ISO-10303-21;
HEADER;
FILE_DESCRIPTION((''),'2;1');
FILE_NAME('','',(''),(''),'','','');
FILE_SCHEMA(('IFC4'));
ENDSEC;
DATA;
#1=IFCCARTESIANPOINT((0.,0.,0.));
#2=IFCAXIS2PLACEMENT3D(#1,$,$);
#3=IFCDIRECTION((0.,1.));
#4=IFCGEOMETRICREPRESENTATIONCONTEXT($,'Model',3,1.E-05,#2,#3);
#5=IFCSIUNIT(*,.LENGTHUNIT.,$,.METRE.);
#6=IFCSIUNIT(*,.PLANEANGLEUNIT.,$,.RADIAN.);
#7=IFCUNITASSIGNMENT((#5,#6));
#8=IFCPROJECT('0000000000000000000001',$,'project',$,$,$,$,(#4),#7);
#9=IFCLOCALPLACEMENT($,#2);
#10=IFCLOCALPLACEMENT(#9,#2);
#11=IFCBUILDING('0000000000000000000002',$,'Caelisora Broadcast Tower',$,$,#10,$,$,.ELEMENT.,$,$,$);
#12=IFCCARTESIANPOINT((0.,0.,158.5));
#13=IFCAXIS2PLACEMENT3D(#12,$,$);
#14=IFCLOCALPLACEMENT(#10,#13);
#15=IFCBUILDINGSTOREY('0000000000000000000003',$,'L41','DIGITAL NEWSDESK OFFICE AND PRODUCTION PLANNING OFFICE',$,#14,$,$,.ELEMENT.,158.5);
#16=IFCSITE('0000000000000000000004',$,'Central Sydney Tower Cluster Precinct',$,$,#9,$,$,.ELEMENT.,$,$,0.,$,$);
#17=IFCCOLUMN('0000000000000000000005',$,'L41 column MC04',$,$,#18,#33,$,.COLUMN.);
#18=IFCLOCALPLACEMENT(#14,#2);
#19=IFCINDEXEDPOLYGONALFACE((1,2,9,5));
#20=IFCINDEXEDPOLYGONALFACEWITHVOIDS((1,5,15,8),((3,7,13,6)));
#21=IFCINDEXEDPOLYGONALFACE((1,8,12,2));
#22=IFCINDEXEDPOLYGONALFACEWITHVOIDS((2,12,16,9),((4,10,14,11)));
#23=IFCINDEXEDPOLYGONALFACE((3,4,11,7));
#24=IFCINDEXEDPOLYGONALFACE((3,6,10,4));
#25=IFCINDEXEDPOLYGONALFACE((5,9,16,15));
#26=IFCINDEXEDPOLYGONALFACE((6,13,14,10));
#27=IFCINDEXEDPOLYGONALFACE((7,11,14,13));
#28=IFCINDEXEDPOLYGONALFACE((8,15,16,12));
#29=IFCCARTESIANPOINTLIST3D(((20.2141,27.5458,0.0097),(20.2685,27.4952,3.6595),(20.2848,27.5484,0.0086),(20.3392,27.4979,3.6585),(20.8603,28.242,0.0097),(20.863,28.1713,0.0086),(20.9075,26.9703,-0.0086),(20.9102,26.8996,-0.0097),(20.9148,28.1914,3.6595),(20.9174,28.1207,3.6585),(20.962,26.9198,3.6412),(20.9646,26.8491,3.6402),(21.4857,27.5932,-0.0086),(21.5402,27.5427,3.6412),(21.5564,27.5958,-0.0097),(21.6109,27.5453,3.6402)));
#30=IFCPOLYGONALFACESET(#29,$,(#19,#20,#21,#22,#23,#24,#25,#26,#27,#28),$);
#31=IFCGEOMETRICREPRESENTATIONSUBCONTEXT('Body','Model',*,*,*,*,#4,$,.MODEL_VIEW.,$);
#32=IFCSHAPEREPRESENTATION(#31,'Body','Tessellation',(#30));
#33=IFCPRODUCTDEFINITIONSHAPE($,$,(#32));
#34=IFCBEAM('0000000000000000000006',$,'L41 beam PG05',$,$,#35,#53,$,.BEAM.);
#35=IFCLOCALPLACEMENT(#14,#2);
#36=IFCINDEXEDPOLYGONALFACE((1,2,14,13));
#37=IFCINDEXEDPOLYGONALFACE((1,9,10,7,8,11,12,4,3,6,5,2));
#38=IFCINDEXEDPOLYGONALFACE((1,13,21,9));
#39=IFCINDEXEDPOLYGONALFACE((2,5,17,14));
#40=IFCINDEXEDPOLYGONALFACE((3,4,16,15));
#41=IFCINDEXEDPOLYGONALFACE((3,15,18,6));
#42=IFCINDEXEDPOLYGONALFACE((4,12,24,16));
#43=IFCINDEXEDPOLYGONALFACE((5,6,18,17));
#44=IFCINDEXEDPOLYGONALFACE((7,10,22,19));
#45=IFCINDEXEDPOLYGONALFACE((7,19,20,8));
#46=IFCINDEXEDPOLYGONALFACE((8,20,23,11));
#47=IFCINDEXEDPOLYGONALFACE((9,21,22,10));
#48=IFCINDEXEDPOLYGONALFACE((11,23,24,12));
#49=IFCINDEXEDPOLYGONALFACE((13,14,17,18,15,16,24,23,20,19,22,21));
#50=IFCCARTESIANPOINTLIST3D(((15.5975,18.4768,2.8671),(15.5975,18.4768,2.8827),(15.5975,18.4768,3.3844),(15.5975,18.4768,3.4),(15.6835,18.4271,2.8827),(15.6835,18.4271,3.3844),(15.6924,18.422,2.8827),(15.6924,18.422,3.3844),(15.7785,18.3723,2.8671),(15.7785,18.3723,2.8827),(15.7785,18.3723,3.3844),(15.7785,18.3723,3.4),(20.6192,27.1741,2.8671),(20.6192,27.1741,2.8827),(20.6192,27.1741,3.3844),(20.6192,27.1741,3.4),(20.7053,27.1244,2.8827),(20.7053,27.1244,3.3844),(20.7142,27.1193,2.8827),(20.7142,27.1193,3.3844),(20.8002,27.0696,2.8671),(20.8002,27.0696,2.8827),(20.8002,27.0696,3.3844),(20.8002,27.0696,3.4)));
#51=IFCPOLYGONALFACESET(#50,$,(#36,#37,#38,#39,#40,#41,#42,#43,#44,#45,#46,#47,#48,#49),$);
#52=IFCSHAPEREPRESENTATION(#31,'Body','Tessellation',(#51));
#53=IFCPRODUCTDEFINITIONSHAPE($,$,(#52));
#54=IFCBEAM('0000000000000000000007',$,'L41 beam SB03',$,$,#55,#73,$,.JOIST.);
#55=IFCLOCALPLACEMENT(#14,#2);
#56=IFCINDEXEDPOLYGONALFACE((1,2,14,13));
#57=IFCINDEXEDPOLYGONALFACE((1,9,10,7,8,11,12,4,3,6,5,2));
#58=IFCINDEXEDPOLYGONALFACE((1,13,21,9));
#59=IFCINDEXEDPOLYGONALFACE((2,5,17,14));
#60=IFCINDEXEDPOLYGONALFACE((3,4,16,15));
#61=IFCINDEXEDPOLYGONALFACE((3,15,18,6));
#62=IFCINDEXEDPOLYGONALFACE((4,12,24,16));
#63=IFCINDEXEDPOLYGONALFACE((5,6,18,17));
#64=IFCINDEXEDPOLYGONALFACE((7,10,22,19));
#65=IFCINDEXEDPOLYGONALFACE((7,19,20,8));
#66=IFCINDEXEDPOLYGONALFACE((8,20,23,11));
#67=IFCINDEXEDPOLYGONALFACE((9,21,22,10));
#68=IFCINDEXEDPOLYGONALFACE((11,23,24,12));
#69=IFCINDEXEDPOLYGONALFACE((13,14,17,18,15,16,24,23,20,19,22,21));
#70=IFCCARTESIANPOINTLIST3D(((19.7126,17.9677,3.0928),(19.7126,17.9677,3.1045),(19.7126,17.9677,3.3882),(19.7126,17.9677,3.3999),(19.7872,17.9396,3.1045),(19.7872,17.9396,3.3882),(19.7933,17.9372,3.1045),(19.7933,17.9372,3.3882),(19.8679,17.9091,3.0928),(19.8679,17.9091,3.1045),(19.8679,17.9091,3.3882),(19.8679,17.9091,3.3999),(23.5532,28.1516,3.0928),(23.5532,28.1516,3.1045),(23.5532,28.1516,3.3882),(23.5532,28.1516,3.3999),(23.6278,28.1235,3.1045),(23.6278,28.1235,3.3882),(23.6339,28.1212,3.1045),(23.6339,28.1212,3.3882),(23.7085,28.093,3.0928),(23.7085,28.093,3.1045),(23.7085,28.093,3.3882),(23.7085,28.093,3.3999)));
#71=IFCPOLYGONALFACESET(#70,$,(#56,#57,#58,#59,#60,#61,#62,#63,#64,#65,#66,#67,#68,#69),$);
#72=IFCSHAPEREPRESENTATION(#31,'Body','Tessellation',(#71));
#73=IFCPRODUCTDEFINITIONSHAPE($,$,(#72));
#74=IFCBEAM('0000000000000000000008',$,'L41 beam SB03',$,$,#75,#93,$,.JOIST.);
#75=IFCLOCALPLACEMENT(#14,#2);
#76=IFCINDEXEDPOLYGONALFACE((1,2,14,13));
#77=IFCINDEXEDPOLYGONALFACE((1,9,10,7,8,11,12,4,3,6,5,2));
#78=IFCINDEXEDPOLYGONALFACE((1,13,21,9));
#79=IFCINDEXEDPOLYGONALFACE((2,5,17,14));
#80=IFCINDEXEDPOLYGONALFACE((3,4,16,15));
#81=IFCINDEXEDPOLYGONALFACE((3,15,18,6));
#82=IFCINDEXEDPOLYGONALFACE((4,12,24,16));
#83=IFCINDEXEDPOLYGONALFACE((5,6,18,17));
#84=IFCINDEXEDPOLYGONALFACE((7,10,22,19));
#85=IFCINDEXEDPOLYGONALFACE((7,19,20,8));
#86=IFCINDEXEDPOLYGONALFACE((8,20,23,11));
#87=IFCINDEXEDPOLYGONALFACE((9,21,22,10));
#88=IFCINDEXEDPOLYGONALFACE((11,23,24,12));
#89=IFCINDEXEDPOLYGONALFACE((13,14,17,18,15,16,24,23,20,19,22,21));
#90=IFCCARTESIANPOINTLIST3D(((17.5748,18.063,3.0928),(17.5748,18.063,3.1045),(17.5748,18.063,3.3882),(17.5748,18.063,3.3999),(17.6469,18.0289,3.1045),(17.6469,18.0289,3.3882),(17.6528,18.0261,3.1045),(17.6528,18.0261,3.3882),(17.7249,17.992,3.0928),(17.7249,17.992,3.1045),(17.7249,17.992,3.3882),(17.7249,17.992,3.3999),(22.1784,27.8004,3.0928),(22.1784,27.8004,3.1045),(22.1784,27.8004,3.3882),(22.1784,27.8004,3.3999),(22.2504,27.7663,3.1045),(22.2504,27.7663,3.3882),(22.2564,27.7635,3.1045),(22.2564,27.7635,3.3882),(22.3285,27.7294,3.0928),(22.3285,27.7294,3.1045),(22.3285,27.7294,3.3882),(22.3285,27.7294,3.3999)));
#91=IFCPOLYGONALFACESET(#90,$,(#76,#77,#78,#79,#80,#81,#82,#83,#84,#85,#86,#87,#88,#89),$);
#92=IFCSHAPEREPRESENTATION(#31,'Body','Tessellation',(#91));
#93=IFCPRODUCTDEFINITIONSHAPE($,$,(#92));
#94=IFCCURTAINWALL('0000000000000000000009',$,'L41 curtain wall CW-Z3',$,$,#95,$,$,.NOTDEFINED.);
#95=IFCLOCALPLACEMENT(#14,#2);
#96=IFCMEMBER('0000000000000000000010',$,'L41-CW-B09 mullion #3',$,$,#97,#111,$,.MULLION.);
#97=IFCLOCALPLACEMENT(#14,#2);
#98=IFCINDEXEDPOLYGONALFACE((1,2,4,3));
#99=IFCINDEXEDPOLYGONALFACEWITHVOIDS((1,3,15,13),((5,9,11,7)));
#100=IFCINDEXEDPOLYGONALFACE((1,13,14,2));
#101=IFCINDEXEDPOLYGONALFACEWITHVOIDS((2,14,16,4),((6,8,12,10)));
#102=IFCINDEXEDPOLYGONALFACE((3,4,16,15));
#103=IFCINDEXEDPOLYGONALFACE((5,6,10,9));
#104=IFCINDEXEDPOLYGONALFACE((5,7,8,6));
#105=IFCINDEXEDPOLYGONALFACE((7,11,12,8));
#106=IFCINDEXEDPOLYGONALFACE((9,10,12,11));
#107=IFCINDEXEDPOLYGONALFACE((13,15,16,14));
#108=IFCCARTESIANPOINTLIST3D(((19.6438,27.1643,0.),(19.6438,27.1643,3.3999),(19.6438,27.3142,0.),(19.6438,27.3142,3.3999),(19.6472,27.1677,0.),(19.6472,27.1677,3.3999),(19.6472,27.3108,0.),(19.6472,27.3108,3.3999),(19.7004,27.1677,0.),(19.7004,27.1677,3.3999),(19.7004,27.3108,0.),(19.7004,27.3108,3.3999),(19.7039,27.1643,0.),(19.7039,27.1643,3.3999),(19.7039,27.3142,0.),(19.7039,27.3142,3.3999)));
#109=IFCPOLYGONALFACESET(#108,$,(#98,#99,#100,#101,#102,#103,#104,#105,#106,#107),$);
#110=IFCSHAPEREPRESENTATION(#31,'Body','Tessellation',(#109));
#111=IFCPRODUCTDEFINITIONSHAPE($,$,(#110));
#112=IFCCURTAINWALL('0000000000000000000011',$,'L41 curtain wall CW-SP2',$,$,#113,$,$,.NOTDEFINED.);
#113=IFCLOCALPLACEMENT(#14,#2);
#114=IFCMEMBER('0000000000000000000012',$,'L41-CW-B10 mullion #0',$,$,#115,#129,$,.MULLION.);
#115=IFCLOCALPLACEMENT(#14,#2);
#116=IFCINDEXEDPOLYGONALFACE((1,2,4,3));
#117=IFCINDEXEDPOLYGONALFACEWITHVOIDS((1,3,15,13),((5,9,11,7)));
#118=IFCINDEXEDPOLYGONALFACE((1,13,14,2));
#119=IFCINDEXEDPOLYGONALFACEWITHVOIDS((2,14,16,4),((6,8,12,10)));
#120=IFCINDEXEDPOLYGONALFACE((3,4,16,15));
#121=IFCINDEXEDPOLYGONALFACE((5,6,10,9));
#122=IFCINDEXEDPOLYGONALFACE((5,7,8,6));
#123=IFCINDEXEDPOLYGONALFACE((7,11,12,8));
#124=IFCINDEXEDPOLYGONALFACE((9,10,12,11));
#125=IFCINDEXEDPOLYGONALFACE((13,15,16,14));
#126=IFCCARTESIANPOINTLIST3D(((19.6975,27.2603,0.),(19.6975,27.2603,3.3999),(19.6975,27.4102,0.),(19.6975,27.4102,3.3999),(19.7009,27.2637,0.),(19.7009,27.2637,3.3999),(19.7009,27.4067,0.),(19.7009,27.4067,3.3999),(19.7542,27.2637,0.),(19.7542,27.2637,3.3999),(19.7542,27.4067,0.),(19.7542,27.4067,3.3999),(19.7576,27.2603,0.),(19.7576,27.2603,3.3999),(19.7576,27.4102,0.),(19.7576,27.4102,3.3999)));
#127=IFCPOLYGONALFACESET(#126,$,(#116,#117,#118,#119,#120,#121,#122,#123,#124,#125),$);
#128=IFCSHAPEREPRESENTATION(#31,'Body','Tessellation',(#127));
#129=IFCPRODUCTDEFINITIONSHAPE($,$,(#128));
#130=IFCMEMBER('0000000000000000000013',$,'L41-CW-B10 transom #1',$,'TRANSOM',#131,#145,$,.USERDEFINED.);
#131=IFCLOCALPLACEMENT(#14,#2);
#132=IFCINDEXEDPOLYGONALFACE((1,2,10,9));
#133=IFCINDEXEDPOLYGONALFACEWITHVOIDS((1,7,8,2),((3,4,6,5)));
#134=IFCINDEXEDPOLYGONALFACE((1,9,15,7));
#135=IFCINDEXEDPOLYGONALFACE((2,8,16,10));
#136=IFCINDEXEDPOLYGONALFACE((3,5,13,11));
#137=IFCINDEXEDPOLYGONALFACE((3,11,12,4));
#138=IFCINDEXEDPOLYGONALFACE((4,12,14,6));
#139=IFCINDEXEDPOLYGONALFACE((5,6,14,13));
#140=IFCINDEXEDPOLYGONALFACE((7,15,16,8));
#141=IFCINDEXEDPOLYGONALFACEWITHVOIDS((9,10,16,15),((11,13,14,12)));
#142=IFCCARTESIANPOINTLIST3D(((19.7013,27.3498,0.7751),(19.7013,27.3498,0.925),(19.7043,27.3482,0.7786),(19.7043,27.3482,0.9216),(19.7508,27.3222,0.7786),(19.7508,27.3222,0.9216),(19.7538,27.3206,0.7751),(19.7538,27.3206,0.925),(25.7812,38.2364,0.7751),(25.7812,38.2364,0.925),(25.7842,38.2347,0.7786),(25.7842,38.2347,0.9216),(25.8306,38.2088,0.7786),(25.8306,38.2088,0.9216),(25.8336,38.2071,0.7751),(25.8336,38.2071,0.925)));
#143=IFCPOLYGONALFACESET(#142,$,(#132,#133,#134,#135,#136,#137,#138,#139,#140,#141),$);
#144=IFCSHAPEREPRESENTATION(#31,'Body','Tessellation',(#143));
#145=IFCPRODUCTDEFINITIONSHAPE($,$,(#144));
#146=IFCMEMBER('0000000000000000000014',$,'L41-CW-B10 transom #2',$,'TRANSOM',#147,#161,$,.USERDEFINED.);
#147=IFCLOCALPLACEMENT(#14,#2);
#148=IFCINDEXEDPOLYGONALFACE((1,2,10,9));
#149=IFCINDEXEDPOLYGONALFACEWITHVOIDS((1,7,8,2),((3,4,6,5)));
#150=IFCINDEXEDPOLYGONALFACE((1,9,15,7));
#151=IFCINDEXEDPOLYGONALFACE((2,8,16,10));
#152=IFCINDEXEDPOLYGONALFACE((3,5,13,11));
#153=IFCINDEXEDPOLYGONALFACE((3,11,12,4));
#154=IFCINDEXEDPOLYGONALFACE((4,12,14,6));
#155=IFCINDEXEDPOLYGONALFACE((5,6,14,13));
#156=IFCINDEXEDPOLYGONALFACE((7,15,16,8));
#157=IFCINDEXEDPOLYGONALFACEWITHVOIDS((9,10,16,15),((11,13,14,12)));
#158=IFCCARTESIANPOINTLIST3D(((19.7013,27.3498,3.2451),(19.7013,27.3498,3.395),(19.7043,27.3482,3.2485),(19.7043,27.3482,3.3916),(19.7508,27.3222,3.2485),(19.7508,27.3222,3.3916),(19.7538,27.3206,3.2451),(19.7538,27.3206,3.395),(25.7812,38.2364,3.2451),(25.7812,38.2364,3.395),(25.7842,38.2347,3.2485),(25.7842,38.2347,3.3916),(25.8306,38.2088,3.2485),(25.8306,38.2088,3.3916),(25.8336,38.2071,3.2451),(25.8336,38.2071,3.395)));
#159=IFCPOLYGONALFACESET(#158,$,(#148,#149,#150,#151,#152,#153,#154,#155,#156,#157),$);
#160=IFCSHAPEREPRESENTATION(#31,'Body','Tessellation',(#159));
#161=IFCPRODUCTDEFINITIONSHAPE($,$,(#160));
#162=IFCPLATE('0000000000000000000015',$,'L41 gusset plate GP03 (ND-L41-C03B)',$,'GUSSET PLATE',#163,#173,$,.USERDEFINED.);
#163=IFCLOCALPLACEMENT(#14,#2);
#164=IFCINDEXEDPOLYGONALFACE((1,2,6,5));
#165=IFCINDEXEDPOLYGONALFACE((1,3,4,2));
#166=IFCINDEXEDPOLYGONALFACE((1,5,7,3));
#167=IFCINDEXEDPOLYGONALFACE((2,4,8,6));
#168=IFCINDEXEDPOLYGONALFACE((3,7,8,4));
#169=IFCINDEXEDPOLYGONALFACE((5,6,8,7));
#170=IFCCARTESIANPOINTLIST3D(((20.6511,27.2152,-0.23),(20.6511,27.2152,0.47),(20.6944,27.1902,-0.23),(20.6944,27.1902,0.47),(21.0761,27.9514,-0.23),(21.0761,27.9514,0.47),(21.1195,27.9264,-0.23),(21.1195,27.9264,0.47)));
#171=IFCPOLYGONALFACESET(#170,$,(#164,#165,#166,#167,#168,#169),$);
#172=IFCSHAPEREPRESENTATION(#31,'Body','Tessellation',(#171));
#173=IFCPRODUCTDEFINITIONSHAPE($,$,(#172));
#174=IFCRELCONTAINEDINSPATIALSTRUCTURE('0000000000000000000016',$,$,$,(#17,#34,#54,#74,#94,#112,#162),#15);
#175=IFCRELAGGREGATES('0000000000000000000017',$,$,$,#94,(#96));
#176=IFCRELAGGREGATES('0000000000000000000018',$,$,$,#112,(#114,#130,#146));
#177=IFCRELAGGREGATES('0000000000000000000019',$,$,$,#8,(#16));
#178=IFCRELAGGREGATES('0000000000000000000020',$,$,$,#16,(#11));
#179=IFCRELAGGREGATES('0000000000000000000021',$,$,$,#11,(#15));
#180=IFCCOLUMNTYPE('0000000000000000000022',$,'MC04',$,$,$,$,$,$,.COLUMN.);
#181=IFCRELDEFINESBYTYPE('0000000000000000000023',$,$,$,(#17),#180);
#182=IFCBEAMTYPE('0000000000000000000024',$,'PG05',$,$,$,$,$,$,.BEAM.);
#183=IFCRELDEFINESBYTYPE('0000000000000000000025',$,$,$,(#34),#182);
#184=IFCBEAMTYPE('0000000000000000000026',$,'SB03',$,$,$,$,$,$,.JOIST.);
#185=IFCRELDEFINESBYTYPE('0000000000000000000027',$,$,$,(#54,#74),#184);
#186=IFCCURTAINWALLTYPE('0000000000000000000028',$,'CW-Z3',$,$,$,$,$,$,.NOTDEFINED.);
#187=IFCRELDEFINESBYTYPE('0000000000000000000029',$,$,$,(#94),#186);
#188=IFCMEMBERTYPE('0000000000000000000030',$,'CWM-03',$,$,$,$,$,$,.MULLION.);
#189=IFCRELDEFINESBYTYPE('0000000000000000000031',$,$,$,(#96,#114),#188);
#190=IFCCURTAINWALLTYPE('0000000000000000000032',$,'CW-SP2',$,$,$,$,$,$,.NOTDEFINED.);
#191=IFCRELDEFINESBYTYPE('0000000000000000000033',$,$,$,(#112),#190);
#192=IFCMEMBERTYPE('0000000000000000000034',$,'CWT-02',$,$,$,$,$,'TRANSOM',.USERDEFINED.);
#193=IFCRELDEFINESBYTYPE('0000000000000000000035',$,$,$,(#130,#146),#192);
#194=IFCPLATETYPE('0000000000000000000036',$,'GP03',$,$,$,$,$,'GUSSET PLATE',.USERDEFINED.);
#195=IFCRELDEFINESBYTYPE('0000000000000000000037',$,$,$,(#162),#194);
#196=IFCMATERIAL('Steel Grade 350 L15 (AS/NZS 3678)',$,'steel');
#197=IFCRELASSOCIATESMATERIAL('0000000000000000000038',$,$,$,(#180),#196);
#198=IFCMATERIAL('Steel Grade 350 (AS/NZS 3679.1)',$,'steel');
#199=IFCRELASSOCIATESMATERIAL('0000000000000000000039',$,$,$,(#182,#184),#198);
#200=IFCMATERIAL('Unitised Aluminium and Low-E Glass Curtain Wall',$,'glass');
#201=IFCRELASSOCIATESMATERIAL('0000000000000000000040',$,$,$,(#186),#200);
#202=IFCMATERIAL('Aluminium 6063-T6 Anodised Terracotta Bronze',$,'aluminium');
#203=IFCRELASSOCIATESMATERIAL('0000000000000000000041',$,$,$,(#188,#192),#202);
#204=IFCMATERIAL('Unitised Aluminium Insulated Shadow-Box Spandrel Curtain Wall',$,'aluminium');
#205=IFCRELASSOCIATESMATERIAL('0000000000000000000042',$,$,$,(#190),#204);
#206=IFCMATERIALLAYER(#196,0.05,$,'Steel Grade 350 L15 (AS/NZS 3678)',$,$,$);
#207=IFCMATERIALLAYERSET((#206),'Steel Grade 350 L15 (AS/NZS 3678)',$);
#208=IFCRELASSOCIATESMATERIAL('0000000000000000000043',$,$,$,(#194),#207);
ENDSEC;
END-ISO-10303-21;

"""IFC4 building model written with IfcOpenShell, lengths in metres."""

from ifc_helpers import new_model, si_unit, direction, frame, origin, origin_2d, place, context, subcontext, project, spatial, rectangle, hollow_rectangle, i_section, extrude, source, transform, mapped, material, layer, layer_set, material_profile, profile_set, type_object, type_shapes, element, aggregate, save


model = new_model("IFC4")

# Units and contexts
model_context = context("Model", 3, precision=1e-05, world=origin(), true_north=direction((0.0, 1.0)))
body_context = subcontext(model_context, "Body", "Model", "MODEL_VIEW")
ifc_project = project(units=[si_unit("LENGTHUNIT", "METRE"), si_unit("PLANEANGLEUNIT", "RADIAN")], contexts=[model_context])

# Site, building, storey
site_placement = place(None, origin())
site = spatial("IfcSite", under=ifc_project, at=site_placement, Name="Central Sydney Tower Cluster Precinct", CompositionType="ELEMENT", RefElevation=0.0)
building_placement = place(site_placement, origin())
building = spatial("IfcBuilding", under=site, at=building_placement, Name="Caelisora Broadcast Tower", CompositionType="ELEMENT")
storey_placement = place(building_placement, frame((0.0, 0.0, 158.5)))
storey = spatial("IfcBuildingStorey", under=building, at=storey_placement, Name="L41", Description="DIGITAL NEWSDESK OFFICE AND PRODUCTION PLANNING OFFICE", CompositionType="ELEMENT", Elevation=158.5)

# Column
ifc_material_1 = material(Name="Steel Grade 350 L15 (AS/NZS 3678)", Category="steel")
ifc_material_profile_1 = material_profile(ifc_material_1, hollow_rectangle(XDim=0.95, YDim=0.95, WallThickness=0.05, at=origin_2d()), Name="Steel Grade 350 L15 (AS/NZS 3678)")
ifc_profile_set_1 = profile_set([ifc_material_profile_1], Name="Steel Grade 350 L15 (AS/NZS 3678)")
column_type = type_object("IfcColumnType", Name="MC04", PredefinedType="COLUMN", material=ifc_profile_set_1)
shared_shape_1 = source(origin(), body_context, "Body", "SweptSolid", [
    extrude(hollow_rectangle(XDim=0.95, YDim=0.95, WallThickness=0.05, at=origin_2d()), origin(), (0.0, 0.0, 1.0), 3.6506),
])
type_shapes(column_type, [shared_shape_1])
column_placement = place(storey_placement, frame((20.8853, 27.5708, 0.0), z_axis=(0.014913, -0.013843, 0.999793), x_axis=(0.680325, 0.732911, 0.0)))
element("IfcColumn", 1, at=column_placement, inside=storey, type_object=column_type, Name="L41 column MC04", PredefinedType="COLUMN", context=body_context, shape_type="MappedRepresentation", body=[
    mapped(shared_shape_1, transform((0.0, 0.0, 0.0), scale=1.0)),
])

# Beams
ifc_material_2 = material(Name="Steel Grade 350 (AS/NZS 3679.1)", Category="steel")
ifc_material_profile_2 = material_profile(ifc_material_2, i_section(OverallWidth=0.209, OverallDepth=0.533, WebThickness=0.0103, FlangeThickness=0.0156, at=origin_2d()), Name="Steel Grade 350 (AS/NZS 3679.1)")
ifc_profile_set_2 = profile_set([ifc_material_profile_2], Name="Steel Grade 350 (AS/NZS 3679.1)")
beam_type_1 = type_object("IfcBeamType", Name="PG05", PredefinedType="BEAM", material=ifc_profile_set_2)
shared_shape_2 = source(origin(), body_context, "Body", "SweptSolid", [
    extrude(i_section(OverallWidth=0.209, OverallDepth=0.533, WebThickness=0.0103, FlangeThickness=0.0156, at=origin_2d()), origin(), (0.0, 0.0, 1.0), 10.043),
])
type_shapes(beam_type_1, [shared_shape_2])
beam_1_placement = place(storey_placement, frame((20.7097, 27.1218, 3.1335), z_axis=(-0.500027, -0.86601, 0.0), x_axis=(0.86601, -0.500027, 0.0)))
element("IfcBeam", 2, at=beam_1_placement, inside=storey, type_object=beam_type_1, Name="L41 beam PG05", PredefinedType="BEAM", context=body_context, shape_type="MappedRepresentation", body=[
    mapped(shared_shape_2, transform((0.0, 0.0, 0.0), scale=1.0)),
])
ifc_material_profile_3 = material_profile(ifc_material_2, i_section(OverallWidth=0.166, OverallDepth=0.3071, WebThickness=0.0066, FlangeThickness=0.0117, at=origin_2d()), Name="Steel Grade 350 (AS/NZS 3679.1)")
ifc_profile_set_3 = profile_set([ifc_material_profile_3], Name="Steel Grade 350 (AS/NZS 3679.1)")
beam_type_2 = type_object("IfcBeamType", Name="SB03", PredefinedType="JOIST", material=ifc_profile_set_3)
shared_shape_3 = source(origin(), body_context, "Body", "SweptSolid", [
    extrude(i_section(OverallWidth=0.166, OverallDepth=0.3071, WebThickness=0.0066, FlangeThickness=0.0117, at=origin_2d()), origin(), (0.0, 0.0, 1.0), 10.884),
])
beam_2_placement = place(storey_placement, frame((23.6309, 28.1223, 3.2463), z_axis=(-0.352866, -0.935674, 0.0), x_axis=(0.935674, -0.352866, 0.0)))
element("IfcBeam", 3, at=beam_2_placement, inside=storey, type_object=beam_type_2, Name="L41 beam SB03", PredefinedType="JOIST", context=body_context, shape_type="MappedRepresentation", body=[
    mapped(shared_shape_3, transform((0.0, 0.0, 0.0), scale=1.0)),
])
shared_shape_4 = source(origin(), body_context, "Body", "SweptSolid", [
    extrude(i_section(OverallWidth=0.166, OverallDepth=0.3071, WebThickness=0.0066, FlangeThickness=0.0117, at=origin_2d()), origin(), (0.0, 0.0, 1.0), 10.7708),
])
type_shapes(beam_type_2, [shared_shape_3, shared_shape_4])
beam_3_placement = place(storey_placement, frame((22.2534, 27.7649, 3.2463), z_axis=(-0.427412, -0.904057, 0.0), x_axis=(0.904057, -0.427412, 0.0)))
element("IfcBeam", 4, at=beam_3_placement, inside=storey, type_object=beam_type_2, Name="L41 beam SB03", PredefinedType="JOIST", context=body_context, shape_type="MappedRepresentation", body=[
    mapped(shared_shape_4, transform((0.0, 0.0, 0.0), scale=1.0)),
])

# Curtain wall, member
ifc_material_3 = material(Name="Unitised Aluminium and Low-E Glass Curtain Wall", Category="glass")
curtain_wall_type_1 = type_object("IfcCurtainWallType", Name="CW-Z3", PredefinedType="NOTDEFINED", material=ifc_material_3)
curtain_wall_1_placement = place(storey_placement, origin())
curtain_wall_1 = element("IfcCurtainWall", 5, at=curtain_wall_1_placement, inside=storey, type_object=curtain_wall_type_1, Name="L41 curtain wall CW-Z3", PredefinedType="NOTDEFINED")
ifc_material_4 = material(Name="Aluminium 6063-T6 Anodised Terracotta Bronze", Category="aluminium")
ifc_material_profile_4 = material_profile(ifc_material_4, hollow_rectangle(XDim=0.0601, YDim=0.1499, WallThickness=0.0034, at=origin_2d()), Name="Aluminium 6063-T6 Anodised Terracotta Bronze")
ifc_profile_set_4 = profile_set([ifc_material_profile_4], Name="Aluminium 6063-T6 Anodised Terracotta Bronze")
member_type_1 = type_object("IfcMemberType", Name="CWM-03", PredefinedType="MULLION", material=ifc_profile_set_4)
shared_shape_5 = source(origin(), body_context, "Body", "SweptSolid", [
    extrude(hollow_rectangle(XDim=0.0601, YDim=0.1499, WallThickness=0.0034, at=origin_2d()), origin(), (0.0, 0.0, 1.0), 3.3999),
])
type_shapes(member_type_1, [shared_shape_5])
member_1_placement = place(storey_placement, frame((19.6738, 27.2393, 0.0), z_axis=(0.0, 0.0, 1.0), x_axis=(1.0, 0.0, 0.0)))
member_1 = element("IfcMember", 6, at=member_1_placement, type_object=member_type_1, Name="L41-CW-B09 mullion #3", PredefinedType="MULLION", context=body_context, shape_type="MappedRepresentation", body=[
    mapped(shared_shape_5, transform((0.0, 0.0, 0.0), scale=1.0)),
])

# Curtain wall, members
ifc_material_5 = material(Name="Unitised Aluminium Insulated Shadow-Box Spandrel Curtain Wall", Category="aluminium")
curtain_wall_type_2 = type_object("IfcCurtainWallType", Name="CW-SP2", PredefinedType="NOTDEFINED", material=ifc_material_5)
curtain_wall_2_placement = place(storey_placement, origin())
curtain_wall_2 = element("IfcCurtainWall", 7, at=curtain_wall_2_placement, inside=storey, type_object=curtain_wall_type_2, Name="L41 curtain wall CW-SP2", PredefinedType="NOTDEFINED")
member_2_placement = place(storey_placement, frame((19.7275, 27.3352, 0.0), z_axis=(0.0, 0.0, 1.0), x_axis=(1.0, 0.0, 0.0)))
member_2 = element("IfcMember", 8, at=member_2_placement, type_object=member_type_1, Name="L41-CW-B10 mullion #0", PredefinedType="MULLION", context=body_context, shape_type="MappedRepresentation", body=[
    mapped(shared_shape_5, transform((0.0, 0.0, 0.0), scale=1.0)),
])
ifc_material_profile_5 = material_profile(ifc_material_4, hollow_rectangle(XDim=0.0601, YDim=0.1499, WallThickness=0.0034, at=origin_2d()), Name="Aluminium 6063-T6 Anodised Terracotta Bronze")
ifc_profile_set_5 = profile_set([ifc_material_profile_5], Name="Aluminium 6063-T6 Anodised Terracotta Bronze")
member_type_2 = type_object("IfcMemberType", Name="CWT-02", ElementType="TRANSOM", PredefinedType="USERDEFINED", material=ifc_profile_set_5)
shared_shape_6 = source(origin(), body_context, "Body", "SweptSolid", [
    extrude(hollow_rectangle(XDim=0.0601, YDim=0.1499, WallThickness=0.0034, at=origin_2d()), origin(), (0.0, 0.0, 1.0), 12.4692),
])
type_shapes(member_type_2, [shared_shape_6])
member_3_placement = place(storey_placement, frame((19.7275, 27.3352, 0.8501), z_axis=(0.48759, 0.873073, 0.0), x_axis=(-0.873073, 0.48759, 0.0)))
member_3 = element("IfcMember", 9, at=member_3_placement, type_object=member_type_2, Name="L41-CW-B10 transom #1", ObjectType="TRANSOM", PredefinedType="USERDEFINED", context=body_context, shape_type="MappedRepresentation", body=[
    mapped(shared_shape_6, transform((0.0, 0.0, 0.0), scale=1.0)),
])
member_4_placement = place(storey_placement, frame((19.7275, 27.3352, 3.3201), z_axis=(0.48759, 0.873073, 0.0), x_axis=(-0.873073, 0.48759, 0.0)))
member_4 = element("IfcMember", 10, at=member_4_placement, type_object=member_type_2, Name="L41-CW-B10 transom #2", ObjectType="TRANSOM", PredefinedType="USERDEFINED", context=body_context, shape_type="MappedRepresentation", body=[
    mapped(shared_shape_6, transform((0.0, 0.0, 0.0), scale=1.0)),
])

# Plate
ifc_layer_1 = layer(ifc_material_1, 0.05, Name="Steel Grade 350 L15 (AS/NZS 3678)")
ifc_layer_set_1 = layer_set([ifc_layer_1], Name="Steel Grade 350 L15 (AS/NZS 3678)")
plate_type_1 = type_object("IfcPlateType", Name="GP03", ElementType="GUSSET PLATE", PredefinedType="USERDEFINED", material=ifc_layer_set_1)
shared_shape_7 = source(origin(), body_context, "Body", "SweptSolid", [
    extrude(rectangle(XDim=0.8501, YDim=0.05, at=origin_2d()), origin(), (0.0, 0.0, 1.0), 0.7),
])
type_shapes(plate_type_1, [shared_shape_7])
plate_1_placement = place(storey_placement, frame((20.8853, 27.5708, -0.23), z_axis=(0.0, 0.0, 1.0), x_axis=(-0.5, -0.866025, 0.0)))
element("IfcPlate", 11, at=plate_1_placement, inside=storey, type_object=plate_type_1, Name="L41 gusset plate GP03 (ND-L41-C03B)", ObjectType="GUSSET PLATE", PredefinedType="USERDEFINED", context=body_context, shape_type="MappedRepresentation", body=[
    mapped(shared_shape_7, transform((0.0, 0.0, 0.0), scale=1.0)),
])
aggregate(curtain_wall_1, [member_1])
aggregate(curtain_wall_2, [member_2, member_3, member_4])

save(model, "model.ifc")
